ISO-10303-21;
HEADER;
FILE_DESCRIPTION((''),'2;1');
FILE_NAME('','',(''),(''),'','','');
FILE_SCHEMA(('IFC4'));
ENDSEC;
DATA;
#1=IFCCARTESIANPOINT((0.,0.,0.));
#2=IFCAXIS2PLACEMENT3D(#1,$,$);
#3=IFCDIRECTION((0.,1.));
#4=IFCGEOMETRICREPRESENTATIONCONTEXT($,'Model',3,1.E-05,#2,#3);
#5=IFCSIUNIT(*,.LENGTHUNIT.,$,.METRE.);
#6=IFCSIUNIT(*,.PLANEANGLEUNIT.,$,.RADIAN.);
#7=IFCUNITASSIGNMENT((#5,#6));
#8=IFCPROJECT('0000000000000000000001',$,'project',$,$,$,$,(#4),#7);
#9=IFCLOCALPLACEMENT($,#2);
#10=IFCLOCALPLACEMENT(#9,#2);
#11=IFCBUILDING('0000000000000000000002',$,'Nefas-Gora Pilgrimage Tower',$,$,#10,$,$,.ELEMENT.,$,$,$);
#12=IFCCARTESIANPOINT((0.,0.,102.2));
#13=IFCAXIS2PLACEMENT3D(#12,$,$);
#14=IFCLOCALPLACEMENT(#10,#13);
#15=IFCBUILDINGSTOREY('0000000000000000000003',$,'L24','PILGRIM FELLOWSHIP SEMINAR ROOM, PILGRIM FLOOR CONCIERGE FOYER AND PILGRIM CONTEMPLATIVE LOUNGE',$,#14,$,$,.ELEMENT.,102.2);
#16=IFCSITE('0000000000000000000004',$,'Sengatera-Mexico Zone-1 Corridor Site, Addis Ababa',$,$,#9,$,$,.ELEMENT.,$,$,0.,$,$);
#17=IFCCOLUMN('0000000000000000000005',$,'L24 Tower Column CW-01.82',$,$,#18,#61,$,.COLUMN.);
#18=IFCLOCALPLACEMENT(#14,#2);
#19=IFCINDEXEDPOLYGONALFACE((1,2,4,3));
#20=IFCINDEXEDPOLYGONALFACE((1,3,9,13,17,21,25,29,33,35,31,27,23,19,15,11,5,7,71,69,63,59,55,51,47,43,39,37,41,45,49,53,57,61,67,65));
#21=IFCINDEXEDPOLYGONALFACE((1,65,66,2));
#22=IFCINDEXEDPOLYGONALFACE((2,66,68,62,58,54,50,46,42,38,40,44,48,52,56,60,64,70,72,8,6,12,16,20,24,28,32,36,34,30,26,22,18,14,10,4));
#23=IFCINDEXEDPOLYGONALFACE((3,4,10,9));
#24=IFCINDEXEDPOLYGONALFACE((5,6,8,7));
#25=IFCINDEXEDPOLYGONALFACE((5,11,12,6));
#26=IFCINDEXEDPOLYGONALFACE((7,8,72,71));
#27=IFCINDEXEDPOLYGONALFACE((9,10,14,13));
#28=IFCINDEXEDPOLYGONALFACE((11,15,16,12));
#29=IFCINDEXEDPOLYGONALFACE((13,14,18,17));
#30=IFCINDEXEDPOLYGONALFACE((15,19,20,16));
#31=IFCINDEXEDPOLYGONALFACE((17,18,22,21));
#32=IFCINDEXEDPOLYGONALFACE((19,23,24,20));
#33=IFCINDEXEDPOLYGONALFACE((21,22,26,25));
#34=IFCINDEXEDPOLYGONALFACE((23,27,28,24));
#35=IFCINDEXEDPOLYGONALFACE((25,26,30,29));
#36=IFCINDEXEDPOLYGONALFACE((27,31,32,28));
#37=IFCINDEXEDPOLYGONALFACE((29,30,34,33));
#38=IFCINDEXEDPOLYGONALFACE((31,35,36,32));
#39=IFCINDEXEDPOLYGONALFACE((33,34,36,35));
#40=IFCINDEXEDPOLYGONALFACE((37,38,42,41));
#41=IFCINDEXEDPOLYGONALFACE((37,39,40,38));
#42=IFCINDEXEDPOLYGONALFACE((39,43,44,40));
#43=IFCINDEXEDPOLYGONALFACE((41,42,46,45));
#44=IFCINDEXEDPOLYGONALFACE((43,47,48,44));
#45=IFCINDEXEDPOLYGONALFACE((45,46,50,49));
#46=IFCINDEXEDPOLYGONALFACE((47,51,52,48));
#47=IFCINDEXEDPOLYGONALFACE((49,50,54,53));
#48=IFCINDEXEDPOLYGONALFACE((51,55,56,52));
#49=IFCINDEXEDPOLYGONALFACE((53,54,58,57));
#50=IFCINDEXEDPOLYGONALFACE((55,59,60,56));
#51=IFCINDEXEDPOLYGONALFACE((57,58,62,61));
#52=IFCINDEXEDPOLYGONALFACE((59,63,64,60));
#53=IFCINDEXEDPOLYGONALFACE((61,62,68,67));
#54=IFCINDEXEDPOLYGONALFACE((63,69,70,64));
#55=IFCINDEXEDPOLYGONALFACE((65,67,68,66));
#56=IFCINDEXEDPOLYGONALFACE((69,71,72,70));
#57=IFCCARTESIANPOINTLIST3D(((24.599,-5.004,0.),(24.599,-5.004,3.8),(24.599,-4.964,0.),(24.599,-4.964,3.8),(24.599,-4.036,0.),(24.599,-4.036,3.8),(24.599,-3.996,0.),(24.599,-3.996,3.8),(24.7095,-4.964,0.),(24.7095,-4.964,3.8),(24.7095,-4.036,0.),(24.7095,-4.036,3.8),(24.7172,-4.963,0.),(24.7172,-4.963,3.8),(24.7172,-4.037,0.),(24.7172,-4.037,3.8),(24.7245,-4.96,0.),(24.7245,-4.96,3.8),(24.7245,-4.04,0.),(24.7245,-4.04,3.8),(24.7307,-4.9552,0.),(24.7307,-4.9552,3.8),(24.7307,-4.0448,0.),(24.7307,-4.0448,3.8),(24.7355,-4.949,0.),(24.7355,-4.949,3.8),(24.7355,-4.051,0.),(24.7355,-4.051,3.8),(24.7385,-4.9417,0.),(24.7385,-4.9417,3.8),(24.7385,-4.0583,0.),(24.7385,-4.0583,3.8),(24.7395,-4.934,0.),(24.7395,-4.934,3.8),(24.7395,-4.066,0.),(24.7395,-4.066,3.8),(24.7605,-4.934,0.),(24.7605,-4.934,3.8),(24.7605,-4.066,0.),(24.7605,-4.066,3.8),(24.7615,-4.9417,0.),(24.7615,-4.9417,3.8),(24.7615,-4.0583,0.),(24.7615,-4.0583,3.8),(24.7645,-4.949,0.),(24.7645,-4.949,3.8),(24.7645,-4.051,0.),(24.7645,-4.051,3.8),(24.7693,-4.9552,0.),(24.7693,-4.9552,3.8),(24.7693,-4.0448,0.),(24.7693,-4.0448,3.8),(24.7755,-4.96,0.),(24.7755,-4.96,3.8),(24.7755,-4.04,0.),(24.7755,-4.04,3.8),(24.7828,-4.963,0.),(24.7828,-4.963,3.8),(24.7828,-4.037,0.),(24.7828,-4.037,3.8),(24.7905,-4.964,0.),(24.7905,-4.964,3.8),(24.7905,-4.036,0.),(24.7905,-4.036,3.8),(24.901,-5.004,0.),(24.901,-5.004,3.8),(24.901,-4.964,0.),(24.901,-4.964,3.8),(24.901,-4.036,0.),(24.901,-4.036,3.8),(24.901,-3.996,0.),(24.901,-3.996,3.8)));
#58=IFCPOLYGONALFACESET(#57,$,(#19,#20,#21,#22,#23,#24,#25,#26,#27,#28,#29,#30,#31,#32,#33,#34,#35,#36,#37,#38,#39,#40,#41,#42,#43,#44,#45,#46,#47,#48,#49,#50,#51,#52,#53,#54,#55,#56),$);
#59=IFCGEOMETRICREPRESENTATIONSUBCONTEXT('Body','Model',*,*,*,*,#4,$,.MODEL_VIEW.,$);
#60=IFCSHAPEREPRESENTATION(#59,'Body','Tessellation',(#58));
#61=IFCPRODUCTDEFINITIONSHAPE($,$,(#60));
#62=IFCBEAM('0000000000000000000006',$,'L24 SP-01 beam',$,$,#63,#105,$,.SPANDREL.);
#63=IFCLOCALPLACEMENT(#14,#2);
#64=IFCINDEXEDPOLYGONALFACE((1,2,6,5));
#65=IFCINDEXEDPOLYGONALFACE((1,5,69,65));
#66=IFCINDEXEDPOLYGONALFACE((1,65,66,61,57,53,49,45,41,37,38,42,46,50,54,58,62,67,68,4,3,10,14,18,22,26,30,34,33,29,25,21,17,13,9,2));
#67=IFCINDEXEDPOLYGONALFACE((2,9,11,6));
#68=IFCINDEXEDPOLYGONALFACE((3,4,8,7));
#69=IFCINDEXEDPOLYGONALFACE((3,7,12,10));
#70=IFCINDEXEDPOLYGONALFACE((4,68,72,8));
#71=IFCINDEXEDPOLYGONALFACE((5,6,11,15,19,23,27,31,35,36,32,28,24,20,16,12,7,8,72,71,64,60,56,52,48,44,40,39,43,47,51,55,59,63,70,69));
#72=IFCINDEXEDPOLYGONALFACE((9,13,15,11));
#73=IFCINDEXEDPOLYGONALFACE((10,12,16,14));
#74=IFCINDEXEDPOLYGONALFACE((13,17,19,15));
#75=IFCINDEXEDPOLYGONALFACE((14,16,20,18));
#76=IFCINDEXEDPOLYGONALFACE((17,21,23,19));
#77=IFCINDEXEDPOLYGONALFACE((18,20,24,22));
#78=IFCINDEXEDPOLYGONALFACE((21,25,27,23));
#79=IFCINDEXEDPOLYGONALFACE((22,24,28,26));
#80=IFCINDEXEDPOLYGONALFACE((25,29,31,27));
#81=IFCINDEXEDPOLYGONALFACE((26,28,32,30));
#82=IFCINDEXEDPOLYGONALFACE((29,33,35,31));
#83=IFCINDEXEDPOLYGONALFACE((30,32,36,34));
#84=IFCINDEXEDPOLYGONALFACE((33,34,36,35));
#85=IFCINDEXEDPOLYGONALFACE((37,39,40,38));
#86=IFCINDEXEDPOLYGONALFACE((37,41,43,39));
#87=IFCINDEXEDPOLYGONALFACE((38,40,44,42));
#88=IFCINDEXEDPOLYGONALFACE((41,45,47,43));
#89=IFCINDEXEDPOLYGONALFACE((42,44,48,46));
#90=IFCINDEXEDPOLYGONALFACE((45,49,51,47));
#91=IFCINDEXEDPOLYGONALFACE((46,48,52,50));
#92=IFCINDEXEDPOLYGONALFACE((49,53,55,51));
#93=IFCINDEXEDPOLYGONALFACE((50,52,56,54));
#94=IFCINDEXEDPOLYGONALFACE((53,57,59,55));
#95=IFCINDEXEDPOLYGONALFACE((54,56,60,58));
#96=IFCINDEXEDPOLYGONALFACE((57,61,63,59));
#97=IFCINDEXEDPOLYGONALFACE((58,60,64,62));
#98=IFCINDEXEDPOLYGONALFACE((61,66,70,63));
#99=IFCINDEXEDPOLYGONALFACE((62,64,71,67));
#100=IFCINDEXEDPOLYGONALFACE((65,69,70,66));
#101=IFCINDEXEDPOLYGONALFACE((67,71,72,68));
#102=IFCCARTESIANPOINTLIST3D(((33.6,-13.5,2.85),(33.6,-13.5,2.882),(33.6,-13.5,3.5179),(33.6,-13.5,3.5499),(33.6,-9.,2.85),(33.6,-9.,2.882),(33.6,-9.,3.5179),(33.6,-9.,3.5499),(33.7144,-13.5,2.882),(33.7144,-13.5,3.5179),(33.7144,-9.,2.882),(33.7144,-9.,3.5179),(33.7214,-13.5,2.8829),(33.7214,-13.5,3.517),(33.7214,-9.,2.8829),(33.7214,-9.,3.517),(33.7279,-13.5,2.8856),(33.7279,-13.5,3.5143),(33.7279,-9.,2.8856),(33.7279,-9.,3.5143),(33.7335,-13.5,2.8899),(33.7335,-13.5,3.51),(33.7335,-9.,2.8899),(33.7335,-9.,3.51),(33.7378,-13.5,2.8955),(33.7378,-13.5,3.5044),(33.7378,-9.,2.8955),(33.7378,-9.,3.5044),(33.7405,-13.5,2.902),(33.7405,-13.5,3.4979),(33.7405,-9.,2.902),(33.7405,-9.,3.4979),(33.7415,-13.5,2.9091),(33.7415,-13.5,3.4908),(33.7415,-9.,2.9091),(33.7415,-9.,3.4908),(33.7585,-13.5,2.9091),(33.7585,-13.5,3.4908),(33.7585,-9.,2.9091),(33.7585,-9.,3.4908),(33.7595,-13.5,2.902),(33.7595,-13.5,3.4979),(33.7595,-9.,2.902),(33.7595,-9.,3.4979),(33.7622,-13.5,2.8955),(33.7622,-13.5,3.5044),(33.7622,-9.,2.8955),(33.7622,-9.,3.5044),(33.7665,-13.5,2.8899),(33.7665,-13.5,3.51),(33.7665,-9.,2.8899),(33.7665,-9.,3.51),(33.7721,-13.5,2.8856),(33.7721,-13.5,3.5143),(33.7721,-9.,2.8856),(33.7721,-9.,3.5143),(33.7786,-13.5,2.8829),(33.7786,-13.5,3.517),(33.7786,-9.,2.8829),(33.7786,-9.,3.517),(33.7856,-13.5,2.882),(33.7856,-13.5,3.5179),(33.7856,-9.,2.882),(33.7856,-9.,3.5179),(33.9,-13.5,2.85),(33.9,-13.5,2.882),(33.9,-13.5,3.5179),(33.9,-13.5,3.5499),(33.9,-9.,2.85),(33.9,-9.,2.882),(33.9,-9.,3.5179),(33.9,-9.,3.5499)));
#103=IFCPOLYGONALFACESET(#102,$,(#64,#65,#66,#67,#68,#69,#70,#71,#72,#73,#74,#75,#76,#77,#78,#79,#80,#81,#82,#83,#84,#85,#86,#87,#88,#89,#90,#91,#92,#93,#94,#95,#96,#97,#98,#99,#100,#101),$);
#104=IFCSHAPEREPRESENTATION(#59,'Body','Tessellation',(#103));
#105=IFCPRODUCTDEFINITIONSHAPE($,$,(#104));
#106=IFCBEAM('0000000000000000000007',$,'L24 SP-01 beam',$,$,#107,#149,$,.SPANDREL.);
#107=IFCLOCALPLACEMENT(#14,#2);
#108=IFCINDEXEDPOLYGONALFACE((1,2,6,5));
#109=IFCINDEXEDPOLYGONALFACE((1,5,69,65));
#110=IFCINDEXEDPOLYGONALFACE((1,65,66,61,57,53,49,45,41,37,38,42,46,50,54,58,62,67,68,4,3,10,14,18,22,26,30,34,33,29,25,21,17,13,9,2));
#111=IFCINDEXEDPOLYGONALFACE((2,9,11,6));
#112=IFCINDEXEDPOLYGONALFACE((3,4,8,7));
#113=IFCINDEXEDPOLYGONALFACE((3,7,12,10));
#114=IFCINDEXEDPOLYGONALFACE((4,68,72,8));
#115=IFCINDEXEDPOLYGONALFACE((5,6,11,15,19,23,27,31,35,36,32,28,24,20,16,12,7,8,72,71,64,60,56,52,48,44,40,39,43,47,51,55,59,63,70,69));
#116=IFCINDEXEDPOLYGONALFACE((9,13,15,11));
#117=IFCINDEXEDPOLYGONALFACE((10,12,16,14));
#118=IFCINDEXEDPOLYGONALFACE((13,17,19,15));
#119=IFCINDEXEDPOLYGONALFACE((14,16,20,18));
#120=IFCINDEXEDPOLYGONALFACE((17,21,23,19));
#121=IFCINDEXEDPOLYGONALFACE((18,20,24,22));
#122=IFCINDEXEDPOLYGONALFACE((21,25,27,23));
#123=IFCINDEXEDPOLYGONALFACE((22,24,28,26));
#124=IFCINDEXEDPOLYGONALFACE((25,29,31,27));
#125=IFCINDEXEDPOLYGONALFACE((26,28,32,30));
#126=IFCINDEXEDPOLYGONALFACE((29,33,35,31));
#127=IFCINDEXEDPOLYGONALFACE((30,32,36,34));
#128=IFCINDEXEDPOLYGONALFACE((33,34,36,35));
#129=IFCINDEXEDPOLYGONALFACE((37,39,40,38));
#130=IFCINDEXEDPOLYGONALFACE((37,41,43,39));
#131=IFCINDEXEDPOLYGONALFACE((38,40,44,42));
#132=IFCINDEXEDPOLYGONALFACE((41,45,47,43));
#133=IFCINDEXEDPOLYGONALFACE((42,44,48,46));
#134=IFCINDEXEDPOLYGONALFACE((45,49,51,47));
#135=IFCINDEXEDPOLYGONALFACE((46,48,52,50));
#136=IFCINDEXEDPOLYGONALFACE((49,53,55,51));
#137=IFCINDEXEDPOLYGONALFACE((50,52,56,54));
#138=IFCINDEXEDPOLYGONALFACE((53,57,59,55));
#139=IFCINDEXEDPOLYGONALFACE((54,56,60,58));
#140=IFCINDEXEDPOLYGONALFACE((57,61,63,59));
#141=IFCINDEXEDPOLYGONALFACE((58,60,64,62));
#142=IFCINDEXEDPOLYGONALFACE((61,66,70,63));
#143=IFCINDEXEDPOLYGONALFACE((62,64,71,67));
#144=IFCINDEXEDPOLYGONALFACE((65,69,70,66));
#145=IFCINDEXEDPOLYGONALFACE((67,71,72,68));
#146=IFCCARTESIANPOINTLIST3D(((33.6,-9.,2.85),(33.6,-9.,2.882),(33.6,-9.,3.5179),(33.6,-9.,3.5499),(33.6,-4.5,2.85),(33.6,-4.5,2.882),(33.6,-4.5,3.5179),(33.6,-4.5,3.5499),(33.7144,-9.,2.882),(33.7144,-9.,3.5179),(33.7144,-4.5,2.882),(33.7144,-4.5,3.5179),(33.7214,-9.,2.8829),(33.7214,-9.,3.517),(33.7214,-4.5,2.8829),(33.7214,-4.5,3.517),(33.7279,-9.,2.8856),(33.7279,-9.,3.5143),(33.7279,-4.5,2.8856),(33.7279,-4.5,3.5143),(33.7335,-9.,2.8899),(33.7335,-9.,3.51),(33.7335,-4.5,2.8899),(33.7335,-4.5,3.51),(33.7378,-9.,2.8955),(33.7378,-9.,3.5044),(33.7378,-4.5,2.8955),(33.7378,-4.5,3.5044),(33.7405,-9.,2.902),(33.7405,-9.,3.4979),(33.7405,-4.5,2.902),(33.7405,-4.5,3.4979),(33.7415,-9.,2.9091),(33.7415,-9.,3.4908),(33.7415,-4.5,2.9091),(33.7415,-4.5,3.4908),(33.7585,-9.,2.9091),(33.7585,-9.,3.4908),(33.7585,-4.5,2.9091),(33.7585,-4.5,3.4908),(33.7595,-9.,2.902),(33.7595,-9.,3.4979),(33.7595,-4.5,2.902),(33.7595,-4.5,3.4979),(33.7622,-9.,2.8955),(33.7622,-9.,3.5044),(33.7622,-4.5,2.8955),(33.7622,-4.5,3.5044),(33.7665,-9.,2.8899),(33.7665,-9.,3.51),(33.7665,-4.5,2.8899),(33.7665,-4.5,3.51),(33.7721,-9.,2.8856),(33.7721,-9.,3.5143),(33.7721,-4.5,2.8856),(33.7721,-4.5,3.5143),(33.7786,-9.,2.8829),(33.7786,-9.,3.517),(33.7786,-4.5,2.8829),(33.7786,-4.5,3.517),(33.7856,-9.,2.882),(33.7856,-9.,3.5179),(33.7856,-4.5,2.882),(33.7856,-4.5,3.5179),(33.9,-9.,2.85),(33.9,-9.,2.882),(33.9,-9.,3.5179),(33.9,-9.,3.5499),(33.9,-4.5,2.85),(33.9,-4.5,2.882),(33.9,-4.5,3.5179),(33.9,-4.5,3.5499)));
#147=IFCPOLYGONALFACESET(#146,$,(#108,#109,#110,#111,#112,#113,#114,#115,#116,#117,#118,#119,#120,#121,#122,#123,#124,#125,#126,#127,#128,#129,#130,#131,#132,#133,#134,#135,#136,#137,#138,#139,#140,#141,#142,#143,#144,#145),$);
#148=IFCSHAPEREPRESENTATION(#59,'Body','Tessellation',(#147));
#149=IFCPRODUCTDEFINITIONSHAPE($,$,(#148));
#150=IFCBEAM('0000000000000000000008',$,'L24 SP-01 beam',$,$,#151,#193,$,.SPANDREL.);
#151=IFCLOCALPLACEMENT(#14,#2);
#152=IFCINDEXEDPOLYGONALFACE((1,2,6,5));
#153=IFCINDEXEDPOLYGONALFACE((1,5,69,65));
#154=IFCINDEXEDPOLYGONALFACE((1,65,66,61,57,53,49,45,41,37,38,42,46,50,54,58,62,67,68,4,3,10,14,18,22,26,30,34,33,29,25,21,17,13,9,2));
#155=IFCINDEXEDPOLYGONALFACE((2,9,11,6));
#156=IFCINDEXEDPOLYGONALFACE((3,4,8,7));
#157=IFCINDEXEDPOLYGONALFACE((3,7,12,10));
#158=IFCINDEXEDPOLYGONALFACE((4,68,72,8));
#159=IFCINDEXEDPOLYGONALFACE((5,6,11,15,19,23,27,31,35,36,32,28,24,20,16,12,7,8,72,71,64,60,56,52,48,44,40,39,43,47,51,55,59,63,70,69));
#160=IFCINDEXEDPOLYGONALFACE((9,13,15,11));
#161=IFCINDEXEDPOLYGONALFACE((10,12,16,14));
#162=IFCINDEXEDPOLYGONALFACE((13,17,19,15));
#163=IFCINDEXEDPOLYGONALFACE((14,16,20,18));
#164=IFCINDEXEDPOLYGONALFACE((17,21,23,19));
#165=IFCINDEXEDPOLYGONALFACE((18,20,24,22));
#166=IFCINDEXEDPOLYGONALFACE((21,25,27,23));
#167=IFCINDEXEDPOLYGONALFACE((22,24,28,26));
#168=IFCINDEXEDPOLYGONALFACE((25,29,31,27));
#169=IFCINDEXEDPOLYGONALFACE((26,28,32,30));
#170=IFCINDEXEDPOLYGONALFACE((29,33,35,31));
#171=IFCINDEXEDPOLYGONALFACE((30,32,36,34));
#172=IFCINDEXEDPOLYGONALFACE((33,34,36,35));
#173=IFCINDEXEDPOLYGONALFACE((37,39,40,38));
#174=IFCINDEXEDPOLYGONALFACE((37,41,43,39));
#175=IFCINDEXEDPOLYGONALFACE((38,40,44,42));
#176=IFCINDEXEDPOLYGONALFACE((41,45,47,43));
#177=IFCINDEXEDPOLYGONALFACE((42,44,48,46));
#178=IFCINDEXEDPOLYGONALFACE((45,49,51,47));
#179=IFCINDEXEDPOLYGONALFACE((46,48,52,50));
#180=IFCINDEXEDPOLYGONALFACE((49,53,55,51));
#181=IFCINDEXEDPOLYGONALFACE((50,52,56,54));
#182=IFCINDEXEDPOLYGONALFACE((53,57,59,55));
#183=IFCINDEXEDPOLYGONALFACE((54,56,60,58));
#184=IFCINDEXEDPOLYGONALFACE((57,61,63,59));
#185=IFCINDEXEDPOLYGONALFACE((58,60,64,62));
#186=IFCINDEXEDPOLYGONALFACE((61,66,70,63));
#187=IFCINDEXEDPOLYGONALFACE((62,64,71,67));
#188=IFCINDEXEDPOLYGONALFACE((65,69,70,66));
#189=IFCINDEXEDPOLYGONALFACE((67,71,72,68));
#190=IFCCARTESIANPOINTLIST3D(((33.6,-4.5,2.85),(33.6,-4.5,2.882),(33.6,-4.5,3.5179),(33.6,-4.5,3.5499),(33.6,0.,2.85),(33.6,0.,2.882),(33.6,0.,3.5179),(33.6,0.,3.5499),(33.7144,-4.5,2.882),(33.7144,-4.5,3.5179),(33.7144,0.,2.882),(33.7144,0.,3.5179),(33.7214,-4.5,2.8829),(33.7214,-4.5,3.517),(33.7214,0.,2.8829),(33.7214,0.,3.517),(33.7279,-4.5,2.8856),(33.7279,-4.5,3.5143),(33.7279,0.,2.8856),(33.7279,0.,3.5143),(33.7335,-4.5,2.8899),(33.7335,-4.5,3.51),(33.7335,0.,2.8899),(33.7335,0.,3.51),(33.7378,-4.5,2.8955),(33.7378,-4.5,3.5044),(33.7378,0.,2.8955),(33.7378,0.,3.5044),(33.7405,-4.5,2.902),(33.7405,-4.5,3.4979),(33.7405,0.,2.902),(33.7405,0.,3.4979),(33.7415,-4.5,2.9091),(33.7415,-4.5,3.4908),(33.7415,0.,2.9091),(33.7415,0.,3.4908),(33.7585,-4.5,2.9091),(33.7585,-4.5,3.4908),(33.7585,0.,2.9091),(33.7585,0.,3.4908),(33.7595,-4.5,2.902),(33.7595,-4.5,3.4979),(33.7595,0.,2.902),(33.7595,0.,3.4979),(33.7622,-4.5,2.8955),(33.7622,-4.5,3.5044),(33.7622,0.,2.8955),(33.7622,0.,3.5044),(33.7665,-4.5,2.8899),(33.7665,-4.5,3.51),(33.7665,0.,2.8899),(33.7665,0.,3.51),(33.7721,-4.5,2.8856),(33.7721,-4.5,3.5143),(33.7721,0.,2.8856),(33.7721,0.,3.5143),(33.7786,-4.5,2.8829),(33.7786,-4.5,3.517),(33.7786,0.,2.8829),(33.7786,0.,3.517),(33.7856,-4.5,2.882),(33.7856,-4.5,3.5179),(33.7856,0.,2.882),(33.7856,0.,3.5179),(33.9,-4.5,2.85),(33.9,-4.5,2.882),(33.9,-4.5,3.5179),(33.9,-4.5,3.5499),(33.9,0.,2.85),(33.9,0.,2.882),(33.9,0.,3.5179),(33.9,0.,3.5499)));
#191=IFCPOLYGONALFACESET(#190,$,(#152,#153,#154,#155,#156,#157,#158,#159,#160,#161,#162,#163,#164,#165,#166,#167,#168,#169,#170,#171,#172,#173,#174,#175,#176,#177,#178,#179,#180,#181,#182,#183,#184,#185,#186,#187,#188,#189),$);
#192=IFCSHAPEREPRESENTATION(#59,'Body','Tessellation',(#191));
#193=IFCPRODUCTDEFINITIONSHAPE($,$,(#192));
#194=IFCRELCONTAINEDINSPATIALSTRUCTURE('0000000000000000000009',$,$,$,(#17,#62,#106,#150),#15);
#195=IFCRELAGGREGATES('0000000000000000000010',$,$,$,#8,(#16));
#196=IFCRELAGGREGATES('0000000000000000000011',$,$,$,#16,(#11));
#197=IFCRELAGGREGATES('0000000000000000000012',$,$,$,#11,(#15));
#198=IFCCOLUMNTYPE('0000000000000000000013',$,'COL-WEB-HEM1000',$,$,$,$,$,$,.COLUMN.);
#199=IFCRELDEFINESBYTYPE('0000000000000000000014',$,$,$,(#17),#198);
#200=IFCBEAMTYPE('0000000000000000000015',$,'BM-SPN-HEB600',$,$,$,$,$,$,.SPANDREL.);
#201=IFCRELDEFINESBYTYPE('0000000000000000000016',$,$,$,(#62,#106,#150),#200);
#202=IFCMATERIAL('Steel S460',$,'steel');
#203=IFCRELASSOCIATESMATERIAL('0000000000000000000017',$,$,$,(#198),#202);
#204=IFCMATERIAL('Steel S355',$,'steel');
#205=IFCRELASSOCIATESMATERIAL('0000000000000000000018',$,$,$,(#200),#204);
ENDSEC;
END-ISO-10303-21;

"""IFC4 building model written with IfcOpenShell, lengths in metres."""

from ifc_helpers import new_model, si_unit, direction, frame, origin, origin_2d, place, context, subcontext, project, spatial, i_section, extrude, source, transform, mapped, material, material_profile, profile_set, type_object, element, save


model = new_model("IFC4")

# Units and contexts
model_context = context("Model", 3, precision=1e-05, world=origin(), true_north=direction((0.0, 1.0)))
body_context = subcontext(model_context, "Body", "Model", "MODEL_VIEW")
ifc_project = project(units=[si_unit("LENGTHUNIT", "METRE"), si_unit("PLANEANGLEUNIT", "RADIAN")], contexts=[model_context])

# Site, building, storey
site_placement = place(None, origin())
site = spatial("IfcSite", under=ifc_project, at=site_placement, Name="Sengatera-Mexico Zone-1 Corridor Site, Addis Ababa", CompositionType="ELEMENT", RefElevation=0.0)
building_placement = place(site_placement, origin())
building = spatial("IfcBuilding", under=site, at=building_placement, Name="Nefas-Gora Pilgrimage Tower", CompositionType="ELEMENT")
storey_placement = place(building_placement, frame((0.0, 0.0, 102.2)))
storey = spatial("IfcBuildingStorey", under=building, at=storey_placement, Name="L24", Description="PILGRIM FELLOWSHIP SEMINAR ROOM, PILGRIM FLOOR CONCIERGE FOYER AND PILGRIM CONTEMPLATIVE LOUNGE", CompositionType="ELEMENT", Elevation=102.2)

# Column
ifc_material_1 = material(Name="Steel S460", Category="steel")
ifc_material_profile_1 = material_profile(ifc_material_1, i_section(OverallWidth=0.302, OverallDepth=1.0081, WebThickness=0.021, FlangeThickness=0.04, FilletRadius=0.03, at=origin_2d()), Name="HEM 1000")
ifc_profile_set_1 = profile_set([ifc_material_profile_1], Name="Steel S460")
column_type_1 = type_object("IfcColumnType", Name="COL-WEB-HEM1000", PredefinedType="COLUMN", material=ifc_profile_set_1)
shared_shape_1 = source(origin(), body_context, "Body", "SweptSolid", [
    extrude(i_section(OverallWidth=0.302, OverallDepth=1.0081, WebThickness=0.021, FlangeThickness=0.04, FilletRadius=0.03, at=origin_2d()), origin(), (0.0, 0.0, 1.0), 3.8),
])
for number, where, z_axis, x_axis, name in (
    (1, (24.75, -4.5, 0.0), (0.0, 0.0, 1.0), (1.0, 0.0, 0.0), "L24 Tower Column CW-01.82"),
):
    element("IfcColumn", number, at=place(storey_placement, frame(where, z_axis=z_axis, x_axis=x_axis)), inside=storey, type_object=column_type_1, Name=name, PredefinedType="COLUMN", context=body_context, shape_type="MappedRepresentation", body=[
        mapped(shared_shape_1, transform((0.0, 0.0, 0.0), x_axis=(1.0, 0.0, 0.0), y_axis=(0.0, 1.0, 0.0), z_axis=(0.0, 0.0, 1.0), scale=1.0)),
    ])

# Beams
ifc_material_2 = material(Name="Steel S355", Category="steel")
ifc_material_profile_2 = material_profile(ifc_material_2, i_section(OverallWidth=0.3, OverallDepth=0.7, WebThickness=0.0171, FlangeThickness=0.032, FilletRadius=0.0271, at=origin_2d()), Name="HEB 700")
ifc_profile_set_2 = profile_set([ifc_material_profile_2], Name="Steel S355")
beam_type_1 = type_object("IfcBeamType", Name="BM-SPN-HEB600", PredefinedType="SPANDREL", material=ifc_profile_set_2)
shared_shape_2 = source(origin(), body_context, "Body", "SweptSolid", [
    extrude(i_section(OverallWidth=0.3, OverallDepth=0.7, WebThickness=0.0171, FlangeThickness=0.032, FilletRadius=0.0271, at=origin_2d()), origin(), (0.0, 0.0, 1.0), 4.5),
])
for number, where, z_axis, x_axis, name in (
    (2, (33.75, -13.5, 3.2), (0.0, 1.0, 0.0), (-1.0, 0.0, 0.0), "L24 SP-01 beam"),
    (3, (33.75, -9.0, 3.2), (0.0, 1.0, 0.0), (-1.0, 0.0, 0.0), "L24 SP-01 beam"),
    (4, (33.75, -4.5, 3.2), (0.0, 1.0, 0.0), (-1.0, 0.0, 0.0), "L24 SP-01 beam"),
):
    element("IfcBeam", number, at=place(storey_placement, frame(where, z_axis=z_axis, x_axis=x_axis)), inside=storey, type_object=beam_type_1, Name=name, PredefinedType="SPANDREL", context=body_context, shape_type="MappedRepresentation", body=[
        mapped(shared_shape_2, transform((0.0, 0.0, 0.0), x_axis=(1.0, 0.0, 0.0), y_axis=(0.0, 1.0, 0.0), z_axis=(0.0, 0.0, 1.0), scale=1.0)),
    ])

save(model, "model.ifc")
